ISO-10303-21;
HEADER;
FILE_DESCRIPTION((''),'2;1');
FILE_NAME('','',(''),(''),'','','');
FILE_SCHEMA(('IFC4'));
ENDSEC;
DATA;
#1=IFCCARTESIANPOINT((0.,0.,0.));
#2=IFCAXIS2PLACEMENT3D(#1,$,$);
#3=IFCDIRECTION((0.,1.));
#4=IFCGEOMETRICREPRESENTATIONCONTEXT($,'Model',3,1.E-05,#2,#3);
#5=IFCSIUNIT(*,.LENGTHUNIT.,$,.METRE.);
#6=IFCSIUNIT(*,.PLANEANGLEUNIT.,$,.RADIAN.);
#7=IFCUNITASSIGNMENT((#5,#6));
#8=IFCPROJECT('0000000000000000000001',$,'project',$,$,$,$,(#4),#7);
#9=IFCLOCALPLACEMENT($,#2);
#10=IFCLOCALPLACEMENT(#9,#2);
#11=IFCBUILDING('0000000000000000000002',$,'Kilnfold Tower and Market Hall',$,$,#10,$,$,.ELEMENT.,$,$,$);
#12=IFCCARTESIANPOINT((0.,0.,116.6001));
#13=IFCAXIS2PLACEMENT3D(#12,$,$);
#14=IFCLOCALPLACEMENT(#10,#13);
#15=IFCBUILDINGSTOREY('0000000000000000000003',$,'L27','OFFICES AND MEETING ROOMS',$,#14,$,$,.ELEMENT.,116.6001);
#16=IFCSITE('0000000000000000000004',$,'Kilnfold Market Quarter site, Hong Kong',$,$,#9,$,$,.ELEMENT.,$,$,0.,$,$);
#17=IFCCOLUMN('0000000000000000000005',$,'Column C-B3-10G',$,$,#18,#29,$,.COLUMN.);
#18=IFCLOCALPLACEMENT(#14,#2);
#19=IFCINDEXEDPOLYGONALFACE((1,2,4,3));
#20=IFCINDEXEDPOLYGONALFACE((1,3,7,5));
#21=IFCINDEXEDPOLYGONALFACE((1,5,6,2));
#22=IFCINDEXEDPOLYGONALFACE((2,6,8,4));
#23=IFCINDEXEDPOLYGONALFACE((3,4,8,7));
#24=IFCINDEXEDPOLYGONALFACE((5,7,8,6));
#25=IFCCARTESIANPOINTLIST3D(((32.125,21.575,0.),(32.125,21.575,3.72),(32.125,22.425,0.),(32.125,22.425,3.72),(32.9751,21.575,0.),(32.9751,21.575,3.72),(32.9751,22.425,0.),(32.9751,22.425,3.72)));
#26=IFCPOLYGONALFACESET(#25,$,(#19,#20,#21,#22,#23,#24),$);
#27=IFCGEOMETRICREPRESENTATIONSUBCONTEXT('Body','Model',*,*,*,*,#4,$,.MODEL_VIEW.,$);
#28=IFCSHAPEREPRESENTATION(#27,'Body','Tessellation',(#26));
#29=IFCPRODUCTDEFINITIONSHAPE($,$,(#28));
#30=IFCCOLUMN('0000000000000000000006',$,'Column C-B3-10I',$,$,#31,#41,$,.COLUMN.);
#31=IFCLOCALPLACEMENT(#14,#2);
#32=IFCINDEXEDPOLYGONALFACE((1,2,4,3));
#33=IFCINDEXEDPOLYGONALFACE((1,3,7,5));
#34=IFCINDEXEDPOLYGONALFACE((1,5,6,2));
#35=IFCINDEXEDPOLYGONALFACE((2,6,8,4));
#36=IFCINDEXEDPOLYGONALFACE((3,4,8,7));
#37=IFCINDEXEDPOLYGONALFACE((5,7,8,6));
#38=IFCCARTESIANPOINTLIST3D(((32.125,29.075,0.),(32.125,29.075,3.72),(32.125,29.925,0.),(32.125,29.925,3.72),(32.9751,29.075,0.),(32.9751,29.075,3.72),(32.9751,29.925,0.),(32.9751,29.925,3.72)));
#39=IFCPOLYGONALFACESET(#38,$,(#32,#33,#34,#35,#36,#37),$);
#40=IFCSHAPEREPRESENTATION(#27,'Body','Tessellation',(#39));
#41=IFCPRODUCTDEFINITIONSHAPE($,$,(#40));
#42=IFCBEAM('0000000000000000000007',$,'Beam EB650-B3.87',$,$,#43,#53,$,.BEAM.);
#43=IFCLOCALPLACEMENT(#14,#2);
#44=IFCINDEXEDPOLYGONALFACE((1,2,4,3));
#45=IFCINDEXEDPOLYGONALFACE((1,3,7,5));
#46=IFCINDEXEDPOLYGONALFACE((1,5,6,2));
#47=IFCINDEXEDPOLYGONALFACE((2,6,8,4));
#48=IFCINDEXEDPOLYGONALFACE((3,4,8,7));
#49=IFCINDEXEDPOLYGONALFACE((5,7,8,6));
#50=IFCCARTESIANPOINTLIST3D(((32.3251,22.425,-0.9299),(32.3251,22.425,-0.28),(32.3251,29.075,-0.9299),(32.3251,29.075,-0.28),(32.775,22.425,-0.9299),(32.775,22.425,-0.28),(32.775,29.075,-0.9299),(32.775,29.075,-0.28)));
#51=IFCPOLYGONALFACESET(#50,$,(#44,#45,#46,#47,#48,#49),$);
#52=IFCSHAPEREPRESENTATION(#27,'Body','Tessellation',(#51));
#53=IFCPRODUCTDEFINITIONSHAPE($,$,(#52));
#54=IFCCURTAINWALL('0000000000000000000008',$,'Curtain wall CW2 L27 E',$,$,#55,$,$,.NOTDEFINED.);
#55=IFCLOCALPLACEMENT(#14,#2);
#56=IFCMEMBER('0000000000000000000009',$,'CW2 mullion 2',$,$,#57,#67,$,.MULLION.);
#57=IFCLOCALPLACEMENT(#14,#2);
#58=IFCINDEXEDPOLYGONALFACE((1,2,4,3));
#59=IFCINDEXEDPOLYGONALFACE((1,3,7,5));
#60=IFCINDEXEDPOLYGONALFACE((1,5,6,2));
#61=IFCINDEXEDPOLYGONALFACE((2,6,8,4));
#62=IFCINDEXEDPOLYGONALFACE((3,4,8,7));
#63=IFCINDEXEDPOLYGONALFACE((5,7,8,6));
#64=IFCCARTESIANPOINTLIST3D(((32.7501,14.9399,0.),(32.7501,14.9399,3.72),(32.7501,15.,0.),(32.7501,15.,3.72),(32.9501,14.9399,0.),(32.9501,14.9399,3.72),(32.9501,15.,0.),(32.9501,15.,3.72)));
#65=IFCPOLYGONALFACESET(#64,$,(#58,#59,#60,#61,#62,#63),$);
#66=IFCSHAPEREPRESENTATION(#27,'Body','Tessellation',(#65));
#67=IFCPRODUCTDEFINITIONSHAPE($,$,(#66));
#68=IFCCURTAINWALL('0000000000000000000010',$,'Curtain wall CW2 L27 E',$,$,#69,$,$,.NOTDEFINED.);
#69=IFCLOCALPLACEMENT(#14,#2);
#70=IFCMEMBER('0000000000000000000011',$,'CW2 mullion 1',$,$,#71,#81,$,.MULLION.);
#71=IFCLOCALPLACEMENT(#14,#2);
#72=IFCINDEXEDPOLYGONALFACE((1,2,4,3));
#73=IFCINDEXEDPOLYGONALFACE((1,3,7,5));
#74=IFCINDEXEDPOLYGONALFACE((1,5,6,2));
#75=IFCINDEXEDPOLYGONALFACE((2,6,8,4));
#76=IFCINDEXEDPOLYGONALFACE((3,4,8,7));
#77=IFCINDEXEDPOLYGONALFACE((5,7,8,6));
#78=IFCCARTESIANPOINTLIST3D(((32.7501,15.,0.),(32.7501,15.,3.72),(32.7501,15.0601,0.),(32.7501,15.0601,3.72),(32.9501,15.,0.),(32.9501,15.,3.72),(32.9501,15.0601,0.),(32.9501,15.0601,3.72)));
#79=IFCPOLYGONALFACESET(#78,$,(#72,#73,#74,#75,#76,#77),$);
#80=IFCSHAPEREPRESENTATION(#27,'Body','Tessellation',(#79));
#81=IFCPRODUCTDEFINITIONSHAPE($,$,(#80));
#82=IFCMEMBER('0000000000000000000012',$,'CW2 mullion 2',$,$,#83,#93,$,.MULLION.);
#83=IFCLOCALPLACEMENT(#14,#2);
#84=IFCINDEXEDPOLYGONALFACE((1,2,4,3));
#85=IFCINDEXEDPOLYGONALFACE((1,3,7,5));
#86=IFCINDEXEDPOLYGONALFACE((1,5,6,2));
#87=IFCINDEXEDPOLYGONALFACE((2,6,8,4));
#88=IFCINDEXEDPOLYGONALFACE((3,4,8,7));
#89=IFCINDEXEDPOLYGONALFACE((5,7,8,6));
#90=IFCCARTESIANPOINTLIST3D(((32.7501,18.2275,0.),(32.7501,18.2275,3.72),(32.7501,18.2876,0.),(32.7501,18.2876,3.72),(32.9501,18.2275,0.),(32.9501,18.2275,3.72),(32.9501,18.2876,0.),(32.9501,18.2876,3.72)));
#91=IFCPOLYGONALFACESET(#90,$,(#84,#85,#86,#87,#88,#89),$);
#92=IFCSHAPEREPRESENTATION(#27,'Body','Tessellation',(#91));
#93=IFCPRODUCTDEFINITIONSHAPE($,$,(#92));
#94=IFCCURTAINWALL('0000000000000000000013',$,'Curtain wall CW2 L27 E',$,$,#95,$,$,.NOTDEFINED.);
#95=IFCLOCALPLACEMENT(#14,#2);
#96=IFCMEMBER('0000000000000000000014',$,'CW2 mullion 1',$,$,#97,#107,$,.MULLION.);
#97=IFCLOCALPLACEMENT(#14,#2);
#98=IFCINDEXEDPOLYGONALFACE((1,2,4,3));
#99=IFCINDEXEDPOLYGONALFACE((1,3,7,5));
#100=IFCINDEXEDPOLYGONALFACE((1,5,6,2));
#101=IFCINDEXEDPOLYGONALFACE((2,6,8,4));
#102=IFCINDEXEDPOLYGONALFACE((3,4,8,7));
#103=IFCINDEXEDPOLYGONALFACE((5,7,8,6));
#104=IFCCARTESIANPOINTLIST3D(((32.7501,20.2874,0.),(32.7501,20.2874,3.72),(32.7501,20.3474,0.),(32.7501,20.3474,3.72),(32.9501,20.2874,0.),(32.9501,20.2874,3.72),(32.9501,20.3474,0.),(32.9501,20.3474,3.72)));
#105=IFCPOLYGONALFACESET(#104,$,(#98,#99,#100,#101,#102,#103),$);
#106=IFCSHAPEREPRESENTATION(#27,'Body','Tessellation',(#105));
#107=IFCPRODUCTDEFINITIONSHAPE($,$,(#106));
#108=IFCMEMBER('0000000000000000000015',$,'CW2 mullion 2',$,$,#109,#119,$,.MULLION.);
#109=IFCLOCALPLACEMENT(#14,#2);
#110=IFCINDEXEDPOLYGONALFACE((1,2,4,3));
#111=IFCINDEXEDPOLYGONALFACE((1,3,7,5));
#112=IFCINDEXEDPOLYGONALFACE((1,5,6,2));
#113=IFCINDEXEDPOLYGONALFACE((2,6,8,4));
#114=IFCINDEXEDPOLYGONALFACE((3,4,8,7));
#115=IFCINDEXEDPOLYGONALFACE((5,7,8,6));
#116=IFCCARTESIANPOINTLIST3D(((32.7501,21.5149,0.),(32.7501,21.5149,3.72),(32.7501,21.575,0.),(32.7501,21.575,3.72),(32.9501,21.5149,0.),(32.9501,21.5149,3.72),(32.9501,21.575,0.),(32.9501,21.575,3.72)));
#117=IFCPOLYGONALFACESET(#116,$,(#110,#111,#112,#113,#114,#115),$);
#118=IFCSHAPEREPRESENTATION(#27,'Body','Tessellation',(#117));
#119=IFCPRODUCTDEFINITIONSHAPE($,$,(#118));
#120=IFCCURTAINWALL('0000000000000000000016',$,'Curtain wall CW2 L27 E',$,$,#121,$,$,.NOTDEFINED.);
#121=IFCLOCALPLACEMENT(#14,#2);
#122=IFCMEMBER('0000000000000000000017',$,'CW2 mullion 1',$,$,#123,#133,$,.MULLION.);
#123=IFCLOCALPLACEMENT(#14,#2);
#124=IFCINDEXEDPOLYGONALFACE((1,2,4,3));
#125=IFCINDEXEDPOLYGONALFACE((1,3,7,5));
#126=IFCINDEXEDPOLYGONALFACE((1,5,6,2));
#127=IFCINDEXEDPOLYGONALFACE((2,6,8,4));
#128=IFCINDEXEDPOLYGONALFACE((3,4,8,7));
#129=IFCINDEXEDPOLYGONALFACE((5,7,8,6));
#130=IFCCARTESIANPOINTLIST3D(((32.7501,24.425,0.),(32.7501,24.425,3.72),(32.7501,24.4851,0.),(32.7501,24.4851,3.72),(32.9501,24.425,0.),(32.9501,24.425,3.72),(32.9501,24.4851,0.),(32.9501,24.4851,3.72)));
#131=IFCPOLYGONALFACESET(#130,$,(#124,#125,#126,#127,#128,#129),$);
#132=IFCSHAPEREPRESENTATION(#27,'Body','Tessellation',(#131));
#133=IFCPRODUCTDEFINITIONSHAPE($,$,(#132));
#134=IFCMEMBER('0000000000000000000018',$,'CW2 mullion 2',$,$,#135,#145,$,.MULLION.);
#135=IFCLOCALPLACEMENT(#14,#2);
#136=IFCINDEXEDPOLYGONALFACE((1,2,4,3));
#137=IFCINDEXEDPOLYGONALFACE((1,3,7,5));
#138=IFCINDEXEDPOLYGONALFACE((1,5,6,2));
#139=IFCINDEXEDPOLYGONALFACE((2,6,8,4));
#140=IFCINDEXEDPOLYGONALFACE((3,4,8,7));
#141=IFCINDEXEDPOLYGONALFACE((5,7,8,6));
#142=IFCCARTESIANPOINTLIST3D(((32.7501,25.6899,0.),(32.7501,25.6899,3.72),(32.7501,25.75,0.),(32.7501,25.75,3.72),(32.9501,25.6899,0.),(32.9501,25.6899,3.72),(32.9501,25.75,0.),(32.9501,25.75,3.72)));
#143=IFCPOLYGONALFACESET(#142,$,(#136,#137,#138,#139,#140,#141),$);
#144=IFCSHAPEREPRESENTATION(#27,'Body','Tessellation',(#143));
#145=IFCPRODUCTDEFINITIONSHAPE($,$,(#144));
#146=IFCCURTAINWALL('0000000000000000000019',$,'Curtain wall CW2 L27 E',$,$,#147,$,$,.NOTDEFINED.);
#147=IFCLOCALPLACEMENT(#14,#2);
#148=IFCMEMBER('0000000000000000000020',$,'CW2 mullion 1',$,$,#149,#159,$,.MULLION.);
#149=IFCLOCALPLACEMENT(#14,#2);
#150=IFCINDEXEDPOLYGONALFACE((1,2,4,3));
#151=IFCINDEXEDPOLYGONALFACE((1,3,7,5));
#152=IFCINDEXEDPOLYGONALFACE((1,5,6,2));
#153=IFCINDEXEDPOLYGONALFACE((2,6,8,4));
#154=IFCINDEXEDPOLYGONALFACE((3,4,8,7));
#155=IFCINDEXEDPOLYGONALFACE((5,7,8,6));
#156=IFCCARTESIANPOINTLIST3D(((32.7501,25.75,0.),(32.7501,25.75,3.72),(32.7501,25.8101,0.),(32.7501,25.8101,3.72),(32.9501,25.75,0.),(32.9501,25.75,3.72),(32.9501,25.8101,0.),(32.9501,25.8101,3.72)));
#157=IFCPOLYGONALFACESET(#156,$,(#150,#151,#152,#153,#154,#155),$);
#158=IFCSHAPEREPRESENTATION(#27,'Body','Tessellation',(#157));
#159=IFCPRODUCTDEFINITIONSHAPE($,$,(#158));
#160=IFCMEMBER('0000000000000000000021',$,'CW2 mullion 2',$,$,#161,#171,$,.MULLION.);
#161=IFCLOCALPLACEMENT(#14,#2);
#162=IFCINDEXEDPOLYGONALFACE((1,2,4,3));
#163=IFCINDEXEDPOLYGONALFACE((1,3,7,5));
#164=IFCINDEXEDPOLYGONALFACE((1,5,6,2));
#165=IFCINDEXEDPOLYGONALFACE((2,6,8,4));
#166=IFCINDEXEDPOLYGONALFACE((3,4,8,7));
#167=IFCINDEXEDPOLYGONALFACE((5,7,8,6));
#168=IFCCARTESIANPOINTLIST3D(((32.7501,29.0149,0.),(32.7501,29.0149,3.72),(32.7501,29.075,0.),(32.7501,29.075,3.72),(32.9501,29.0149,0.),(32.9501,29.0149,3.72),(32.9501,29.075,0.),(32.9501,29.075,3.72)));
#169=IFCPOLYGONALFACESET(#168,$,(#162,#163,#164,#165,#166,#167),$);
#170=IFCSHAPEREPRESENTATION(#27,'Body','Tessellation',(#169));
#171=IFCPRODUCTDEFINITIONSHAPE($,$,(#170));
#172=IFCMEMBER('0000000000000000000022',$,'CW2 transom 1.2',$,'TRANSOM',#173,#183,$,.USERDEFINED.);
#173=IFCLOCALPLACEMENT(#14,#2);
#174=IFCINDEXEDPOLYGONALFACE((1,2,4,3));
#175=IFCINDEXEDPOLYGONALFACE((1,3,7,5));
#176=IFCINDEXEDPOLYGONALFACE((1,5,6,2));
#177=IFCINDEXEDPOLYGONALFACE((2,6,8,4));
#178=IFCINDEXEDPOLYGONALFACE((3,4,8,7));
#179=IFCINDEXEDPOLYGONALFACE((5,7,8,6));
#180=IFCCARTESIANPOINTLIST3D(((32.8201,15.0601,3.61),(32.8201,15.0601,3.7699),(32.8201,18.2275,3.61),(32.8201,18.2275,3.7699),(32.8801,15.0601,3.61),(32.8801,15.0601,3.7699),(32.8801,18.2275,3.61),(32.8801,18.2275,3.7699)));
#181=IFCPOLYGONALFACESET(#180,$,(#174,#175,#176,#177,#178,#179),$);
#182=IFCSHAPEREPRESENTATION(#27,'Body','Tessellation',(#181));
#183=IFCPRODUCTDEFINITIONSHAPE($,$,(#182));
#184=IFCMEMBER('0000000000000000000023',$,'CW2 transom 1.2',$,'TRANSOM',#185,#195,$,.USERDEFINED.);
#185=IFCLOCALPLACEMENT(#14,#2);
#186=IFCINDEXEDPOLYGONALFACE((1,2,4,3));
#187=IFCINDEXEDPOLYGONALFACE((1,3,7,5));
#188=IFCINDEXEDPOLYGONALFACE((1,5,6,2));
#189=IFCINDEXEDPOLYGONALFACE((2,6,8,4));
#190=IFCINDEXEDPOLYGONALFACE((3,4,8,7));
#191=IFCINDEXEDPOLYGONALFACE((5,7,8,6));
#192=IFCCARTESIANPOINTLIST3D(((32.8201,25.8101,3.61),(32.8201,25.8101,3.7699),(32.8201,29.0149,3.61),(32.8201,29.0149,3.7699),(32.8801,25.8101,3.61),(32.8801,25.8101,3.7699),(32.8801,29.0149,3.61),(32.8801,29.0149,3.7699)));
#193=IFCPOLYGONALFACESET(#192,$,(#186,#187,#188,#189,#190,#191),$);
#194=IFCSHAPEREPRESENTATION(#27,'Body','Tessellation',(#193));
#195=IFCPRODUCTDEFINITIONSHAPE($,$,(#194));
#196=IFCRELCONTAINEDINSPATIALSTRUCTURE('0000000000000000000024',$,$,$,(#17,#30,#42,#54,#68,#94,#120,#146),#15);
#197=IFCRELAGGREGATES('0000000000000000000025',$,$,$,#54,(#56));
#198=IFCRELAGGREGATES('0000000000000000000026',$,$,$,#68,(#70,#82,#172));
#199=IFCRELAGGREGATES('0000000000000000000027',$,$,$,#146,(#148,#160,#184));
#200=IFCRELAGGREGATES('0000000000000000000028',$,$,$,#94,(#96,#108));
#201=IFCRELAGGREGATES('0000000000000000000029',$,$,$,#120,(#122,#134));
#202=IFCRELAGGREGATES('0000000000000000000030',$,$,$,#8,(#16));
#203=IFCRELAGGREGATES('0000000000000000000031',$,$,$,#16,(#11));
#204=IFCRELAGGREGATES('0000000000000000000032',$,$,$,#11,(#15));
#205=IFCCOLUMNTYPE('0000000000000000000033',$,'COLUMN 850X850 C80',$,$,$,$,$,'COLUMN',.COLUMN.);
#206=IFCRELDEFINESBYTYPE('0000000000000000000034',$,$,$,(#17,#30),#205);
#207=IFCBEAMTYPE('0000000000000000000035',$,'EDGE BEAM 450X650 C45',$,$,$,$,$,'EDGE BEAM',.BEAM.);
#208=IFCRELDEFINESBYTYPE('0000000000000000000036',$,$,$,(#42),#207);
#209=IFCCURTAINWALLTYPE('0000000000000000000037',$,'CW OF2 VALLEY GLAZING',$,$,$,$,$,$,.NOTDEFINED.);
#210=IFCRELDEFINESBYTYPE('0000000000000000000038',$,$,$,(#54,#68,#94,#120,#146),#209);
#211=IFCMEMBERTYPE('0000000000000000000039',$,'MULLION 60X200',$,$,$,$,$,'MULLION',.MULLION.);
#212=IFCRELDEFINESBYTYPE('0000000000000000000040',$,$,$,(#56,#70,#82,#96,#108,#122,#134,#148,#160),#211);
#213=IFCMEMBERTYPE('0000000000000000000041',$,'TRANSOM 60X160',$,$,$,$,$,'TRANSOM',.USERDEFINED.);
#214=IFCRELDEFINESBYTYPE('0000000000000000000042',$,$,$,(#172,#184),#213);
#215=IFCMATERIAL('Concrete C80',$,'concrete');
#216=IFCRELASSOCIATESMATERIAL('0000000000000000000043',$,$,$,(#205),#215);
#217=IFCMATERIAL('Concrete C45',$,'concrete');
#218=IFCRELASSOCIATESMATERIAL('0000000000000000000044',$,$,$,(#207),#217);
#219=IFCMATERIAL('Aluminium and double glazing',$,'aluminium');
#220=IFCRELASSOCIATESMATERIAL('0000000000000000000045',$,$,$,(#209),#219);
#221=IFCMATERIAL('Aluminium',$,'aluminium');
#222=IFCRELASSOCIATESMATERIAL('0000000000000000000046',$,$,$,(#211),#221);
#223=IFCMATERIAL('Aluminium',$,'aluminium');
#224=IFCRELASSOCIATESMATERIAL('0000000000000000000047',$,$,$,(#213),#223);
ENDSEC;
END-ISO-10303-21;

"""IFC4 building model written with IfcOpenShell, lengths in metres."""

from ifc_helpers import new_model, si_unit, direction, frame, origin, origin_2d, place, context, subcontext, project, spatial, rectangle, extrude, source, transform, mapped, material, material_profile, profile_set, type_object, element, aggregate, save


model = new_model("IFC4")

# Units and contexts
model_context = context("Model", 3, precision=1e-05, world=origin(), true_north=direction((0.0, 1.0)))
body_context = subcontext(model_context, "Body", "Model", "MODEL_VIEW")
ifc_project = project(units=[si_unit("LENGTHUNIT", "METRE"), si_unit("PLANEANGLEUNIT", "RADIAN")], contexts=[model_context])

# Site, building, storey
site_placement = place(None, origin())
site = spatial("IfcSite", under=ifc_project, at=site_placement, Name="Kilnfold Market Quarter site, Hong Kong", CompositionType="ELEMENT", RefElevation=0.0)
building_placement = place(site_placement, origin())
building = spatial("IfcBuilding", under=site, at=building_placement, Name="Kilnfold Tower and Market Hall", CompositionType="ELEMENT")
storey_placement = place(building_placement, frame((0.0, 0.0, 116.6001)))
storey = spatial("IfcBuildingStorey", under=building, at=storey_placement, Name="L27", Description="OFFICES AND MEETING ROOMS", CompositionType="ELEMENT", Elevation=116.6001)

# Columns
ifc_material_1 = material(Name="Concrete C80", Category="concrete")
ifc_material_profile_1 = material_profile(ifc_material_1, rectangle(XDim=0.8501, YDim=0.8501, at=origin_2d()), Name="RC 850x850")
ifc_profile_set_1 = profile_set([ifc_material_profile_1], Name="Concrete C80")
column_type = type_object("IfcColumnType", Name="COLUMN 850X850 C80", ElementType="COLUMN", PredefinedType="COLUMN", material=ifc_profile_set_1)
shared_shape_1 = source(origin(), body_context, "Body", "SweptSolid", [
    extrude(rectangle(XDim=0.8501, YDim=0.8501, at=origin_2d()), origin(), (0.0, 0.0, 1.0), 3.72),
])
for number, where, z_axis, x_axis, name in (
    (1, (32.55, 22.0, 0.0), (0.0, 0.0, 1.0), (1.0, 0.0, 0.0), "Column C-B3-10G"),
    (2, (32.55, 29.5, 0.0), (0.0, 0.0, 1.0), (1.0, 0.0, 0.0), "Column C-B3-10I"),
):
    element("IfcColumn", number, at=place(storey_placement, frame(where, z_axis=z_axis, x_axis=x_axis)), inside=storey, type_object=column_type, Name=name, PredefinedType="COLUMN", context=body_context, shape_type="MappedRepresentation", body=[
        mapped(shared_shape_1, transform((0.0, 0.0, 0.0))),
    ])

# Beam
ifc_material_2 = material(Name="Concrete C45", Category="concrete")
ifc_material_profile_2 = material_profile(ifc_material_2, rectangle(XDim=0.45, YDim=0.6499, at=origin_2d()), Name="RC 450x650")
ifc_profile_set_2 = profile_set([ifc_material_profile_2], Name="Concrete C45")
beam_type = type_object("IfcBeamType", Name="EDGE BEAM 450X650 C45", ElementType="EDGE BEAM", PredefinedType="BEAM", material=ifc_profile_set_2)
shared_shape_2 = source(origin(), body_context, "Body", "SweptSolid", [
    extrude(rectangle(XDim=0.45, YDim=0.6499, at=origin_2d()), origin(), (0.0, 0.0, 1.0), 6.6499),
])
beam_placement = place(storey_placement, frame((32.55, 22.425, -0.605), z_axis=(0.0, 1.0, 0.0), x_axis=(-1.0, 0.0, 0.0)))
element("IfcBeam", 3, at=beam_placement, inside=storey, type_object=beam_type, Name="Beam EB650-B3.87", PredefinedType="BEAM", context=body_context, shape_type="MappedRepresentation", body=[
    mapped(shared_shape_2, transform((0.0, 0.0, 0.0))),
])

# Curtain wall, member
ifc_material_3 = material(Name="Aluminium and double glazing", Category="aluminium")
curtain_wall_type = type_object("IfcCurtainWallType", Name="CW OF2 VALLEY GLAZING", PredefinedType="NOTDEFINED", material=ifc_material_3)
curtain_wall_1_placement = place(storey_placement, origin())
curtain_wall_1 = element("IfcCurtainWall", 4, at=curtain_wall_1_placement, inside=storey, type_object=curtain_wall_type, Name="Curtain wall CW2 L27 E", PredefinedType="NOTDEFINED")
ifc_material_4 = material(Name="Aluminium", Category="aluminium")
ifc_material_profile_3 = material_profile(ifc_material_4, rectangle(XDim=0.0601, YDim=0.2, at=origin_2d()), Name="MULLION 60x200")
ifc_profile_set_3 = profile_set([ifc_material_profile_3], Name="Aluminium")
member_type_1 = type_object("IfcMemberType", Name="MULLION 60X200", ElementType="MULLION", PredefinedType="MULLION", material=ifc_profile_set_3)
shared_shape_3 = source(origin(), body_context, "Body", "SweptSolid", [
    extrude(rectangle(XDim=0.0601, YDim=0.2, at=origin_2d()), origin(), (0.0, 0.0, 1.0), 3.72),
])
member_1_placement = place(storey_placement, frame((32.8501, 14.97, 0.0), z_axis=(0.0, 0.0, 1.0), x_axis=(0.0, 1.0, 0.0)))
member_1 = element("IfcMember", 5, at=member_1_placement, type_object=member_type_1, Name="CW2 mullion 2", PredefinedType="MULLION", context=body_context, shape_type="MappedRepresentation", body=[
    mapped(shared_shape_3, transform((0.0, 0.0, 0.0))),
])
aggregate(curtain_wall_1, [member_1])

# Curtain walls, members
curtain_wall_2_placement = place(storey_placement, origin())
curtain_wall_2 = element("IfcCurtainWall", 6, at=curtain_wall_2_placement, inside=storey, type_object=curtain_wall_type, Name="Curtain wall CW2 L27 E", PredefinedType="NOTDEFINED")
member_2_placement = place(storey_placement, frame((32.8501, 15.03, 0.0), z_axis=(0.0, 0.0, 1.0), x_axis=(0.0, 1.0, 0.0)))
member_2 = element("IfcMember", 7, at=member_2_placement, type_object=member_type_1, Name="CW2 mullion 1", PredefinedType="MULLION", context=body_context, shape_type="MappedRepresentation", body=[
    mapped(shared_shape_3, transform((0.0, 0.0, 0.0))),
])
member_3_placement = place(storey_placement, frame((32.8501, 18.2576, 0.0), z_axis=(0.0, 0.0, 1.0), x_axis=(0.0, 1.0, 0.0)))
member_3 = element("IfcMember", 8, at=member_3_placement, type_object=member_type_1, Name="CW2 mullion 2", PredefinedType="MULLION", context=body_context, shape_type="MappedRepresentation", body=[
    mapped(shared_shape_3, transform((0.0, 0.0, 0.0))),
])
curtain_wall_3_placement = place(storey_placement, origin())
curtain_wall_3 = element("IfcCurtainWall", 9, at=curtain_wall_3_placement, inside=storey, type_object=curtain_wall_type, Name="Curtain wall CW2 L27 E", PredefinedType="NOTDEFINED")
member_4_placement = place(storey_placement, frame((32.8501, 20.3174, 0.0), z_axis=(0.0, 0.0, 1.0), x_axis=(0.0, 1.0, 0.0)))
member_4 = element("IfcMember", 10, at=member_4_placement, type_object=member_type_1, Name="CW2 mullion 1", PredefinedType="MULLION", context=body_context, shape_type="MappedRepresentation", body=[
    mapped(shared_shape_3, transform((0.0, 0.0, 0.0))),
])
member_5_placement = place(storey_placement, frame((32.8501, 21.5449, 0.0), z_axis=(0.0, 0.0, 1.0), x_axis=(0.0, 1.0, 0.0)))
member_5 = element("IfcMember", 11, at=member_5_placement, type_object=member_type_1, Name="CW2 mullion 2", PredefinedType="MULLION", context=body_context, shape_type="MappedRepresentation", body=[
    mapped(shared_shape_3, transform((0.0, 0.0, 0.0))),
])
curtain_wall_4_placement = place(storey_placement, origin())
curtain_wall_4 = element("IfcCurtainWall", 12, at=curtain_wall_4_placement, inside=storey, type_object=curtain_wall_type, Name="Curtain wall CW2 L27 E", PredefinedType="NOTDEFINED")
member_6_placement = place(storey_placement, frame((32.8501, 24.4551, 0.0), z_axis=(0.0, 0.0, 1.0), x_axis=(0.0, 1.0, 0.0)))
member_6 = element("IfcMember", 13, at=member_6_placement, type_object=member_type_1, Name="CW2 mullion 1", PredefinedType="MULLION", context=body_context, shape_type="MappedRepresentation", body=[
    mapped(shared_shape_3, transform((0.0, 0.0, 0.0))),
])
member_7_placement = place(storey_placement, frame((32.8501, 25.72, 0.0), z_axis=(0.0, 0.0, 1.0), x_axis=(0.0, 1.0, 0.0)))
member_7 = element("IfcMember", 14, at=member_7_placement, type_object=member_type_1, Name="CW2 mullion 2", PredefinedType="MULLION", context=body_context, shape_type="MappedRepresentation", body=[
    mapped(shared_shape_3, transform((0.0, 0.0, 0.0))),
])
curtain_wall_5_placement = place(storey_placement, origin())
curtain_wall_5 = element("IfcCurtainWall", 15, at=curtain_wall_5_placement, inside=storey, type_object=curtain_wall_type, Name="Curtain wall CW2 L27 E", PredefinedType="NOTDEFINED")
member_8_placement = place(storey_placement, frame((32.8501, 25.78, 0.0), z_axis=(0.0, 0.0, 1.0), x_axis=(0.0, 1.0, 0.0)))
member_8 = element("IfcMember", 16, at=member_8_placement, type_object=member_type_1, Name="CW2 mullion 1", PredefinedType="MULLION", context=body_context, shape_type="MappedRepresentation", body=[
    mapped(shared_shape_3, transform((0.0, 0.0, 0.0))),
])
member_9_placement = place(storey_placement, frame((32.8501, 29.0449, 0.0), z_axis=(0.0, 0.0, 1.0), x_axis=(0.0, 1.0, 0.0)))
member_9 = element("IfcMember", 17, at=member_9_placement, type_object=member_type_1, Name="CW2 mullion 2", PredefinedType="MULLION", context=body_context, shape_type="MappedRepresentation", body=[
    mapped(shared_shape_3, transform((0.0, 0.0, 0.0))),
])

# Members
ifc_material_5 = material(Name="Aluminium", Category="aluminium")
ifc_material_profile_4 = material_profile(ifc_material_5, rectangle(XDim=0.0601, YDim=0.1599, at=origin_2d()), Name="TRANSOM 60x160")
ifc_profile_set_4 = profile_set([ifc_material_profile_4], Name="Aluminium")
member_type_2 = type_object("IfcMemberType", Name="TRANSOM 60X160", ElementType="TRANSOM", PredefinedType="USERDEFINED", material=ifc_profile_set_4)
shared_shape_4 = source(origin(), body_context, "Body", "SweptSolid", [
    extrude(rectangle(XDim=0.0601, YDim=0.1599, at=origin_2d()), origin(), (0.0, 0.0, 1.0), 3.1675),
])
member_10_placement = place(storey_placement, frame((32.8501, 15.0601, 3.6899), z_axis=(0.0, 1.0, 0.0), x_axis=(-1.0, 0.0, 0.0)))
member_10 = element("IfcMember", 18, at=member_10_placement, type_object=member_type_2, Name="CW2 transom 1.2", ObjectType="TRANSOM", PredefinedType="USERDEFINED", context=body_context, shape_type="MappedRepresentation", body=[
    mapped(shared_shape_4, transform((0.0, 0.0, 0.0))),
])
shared_shape_5 = source(origin(), body_context, "Body", "SweptSolid", [
    extrude(rectangle(XDim=0.0601, YDim=0.1599, at=origin_2d()), origin(), (0.0, 0.0, 1.0), 3.2048),
])
member_11_placement = place(storey_placement, frame((32.8501, 25.8101, 3.6899), z_axis=(0.0, 1.0, 0.0), x_axis=(-1.0, 0.0, 0.0)))
member_11 = element("IfcMember", 19, at=member_11_placement, type_object=member_type_2, Name="CW2 transom 1.2", ObjectType="TRANSOM", PredefinedType="USERDEFINED", context=body_context, shape_type="MappedRepresentation", body=[
    mapped(shared_shape_5, transform((0.0, 0.0, 0.0))),
])

aggregate(curtain_wall_2, [member_2, member_3, member_10])
aggregate(curtain_wall_5, [member_8, member_9, member_11])
aggregate(curtain_wall_3, [member_4, member_5])
aggregate(curtain_wall_4, [member_6, member_7])

save(model, "model.ifc")
